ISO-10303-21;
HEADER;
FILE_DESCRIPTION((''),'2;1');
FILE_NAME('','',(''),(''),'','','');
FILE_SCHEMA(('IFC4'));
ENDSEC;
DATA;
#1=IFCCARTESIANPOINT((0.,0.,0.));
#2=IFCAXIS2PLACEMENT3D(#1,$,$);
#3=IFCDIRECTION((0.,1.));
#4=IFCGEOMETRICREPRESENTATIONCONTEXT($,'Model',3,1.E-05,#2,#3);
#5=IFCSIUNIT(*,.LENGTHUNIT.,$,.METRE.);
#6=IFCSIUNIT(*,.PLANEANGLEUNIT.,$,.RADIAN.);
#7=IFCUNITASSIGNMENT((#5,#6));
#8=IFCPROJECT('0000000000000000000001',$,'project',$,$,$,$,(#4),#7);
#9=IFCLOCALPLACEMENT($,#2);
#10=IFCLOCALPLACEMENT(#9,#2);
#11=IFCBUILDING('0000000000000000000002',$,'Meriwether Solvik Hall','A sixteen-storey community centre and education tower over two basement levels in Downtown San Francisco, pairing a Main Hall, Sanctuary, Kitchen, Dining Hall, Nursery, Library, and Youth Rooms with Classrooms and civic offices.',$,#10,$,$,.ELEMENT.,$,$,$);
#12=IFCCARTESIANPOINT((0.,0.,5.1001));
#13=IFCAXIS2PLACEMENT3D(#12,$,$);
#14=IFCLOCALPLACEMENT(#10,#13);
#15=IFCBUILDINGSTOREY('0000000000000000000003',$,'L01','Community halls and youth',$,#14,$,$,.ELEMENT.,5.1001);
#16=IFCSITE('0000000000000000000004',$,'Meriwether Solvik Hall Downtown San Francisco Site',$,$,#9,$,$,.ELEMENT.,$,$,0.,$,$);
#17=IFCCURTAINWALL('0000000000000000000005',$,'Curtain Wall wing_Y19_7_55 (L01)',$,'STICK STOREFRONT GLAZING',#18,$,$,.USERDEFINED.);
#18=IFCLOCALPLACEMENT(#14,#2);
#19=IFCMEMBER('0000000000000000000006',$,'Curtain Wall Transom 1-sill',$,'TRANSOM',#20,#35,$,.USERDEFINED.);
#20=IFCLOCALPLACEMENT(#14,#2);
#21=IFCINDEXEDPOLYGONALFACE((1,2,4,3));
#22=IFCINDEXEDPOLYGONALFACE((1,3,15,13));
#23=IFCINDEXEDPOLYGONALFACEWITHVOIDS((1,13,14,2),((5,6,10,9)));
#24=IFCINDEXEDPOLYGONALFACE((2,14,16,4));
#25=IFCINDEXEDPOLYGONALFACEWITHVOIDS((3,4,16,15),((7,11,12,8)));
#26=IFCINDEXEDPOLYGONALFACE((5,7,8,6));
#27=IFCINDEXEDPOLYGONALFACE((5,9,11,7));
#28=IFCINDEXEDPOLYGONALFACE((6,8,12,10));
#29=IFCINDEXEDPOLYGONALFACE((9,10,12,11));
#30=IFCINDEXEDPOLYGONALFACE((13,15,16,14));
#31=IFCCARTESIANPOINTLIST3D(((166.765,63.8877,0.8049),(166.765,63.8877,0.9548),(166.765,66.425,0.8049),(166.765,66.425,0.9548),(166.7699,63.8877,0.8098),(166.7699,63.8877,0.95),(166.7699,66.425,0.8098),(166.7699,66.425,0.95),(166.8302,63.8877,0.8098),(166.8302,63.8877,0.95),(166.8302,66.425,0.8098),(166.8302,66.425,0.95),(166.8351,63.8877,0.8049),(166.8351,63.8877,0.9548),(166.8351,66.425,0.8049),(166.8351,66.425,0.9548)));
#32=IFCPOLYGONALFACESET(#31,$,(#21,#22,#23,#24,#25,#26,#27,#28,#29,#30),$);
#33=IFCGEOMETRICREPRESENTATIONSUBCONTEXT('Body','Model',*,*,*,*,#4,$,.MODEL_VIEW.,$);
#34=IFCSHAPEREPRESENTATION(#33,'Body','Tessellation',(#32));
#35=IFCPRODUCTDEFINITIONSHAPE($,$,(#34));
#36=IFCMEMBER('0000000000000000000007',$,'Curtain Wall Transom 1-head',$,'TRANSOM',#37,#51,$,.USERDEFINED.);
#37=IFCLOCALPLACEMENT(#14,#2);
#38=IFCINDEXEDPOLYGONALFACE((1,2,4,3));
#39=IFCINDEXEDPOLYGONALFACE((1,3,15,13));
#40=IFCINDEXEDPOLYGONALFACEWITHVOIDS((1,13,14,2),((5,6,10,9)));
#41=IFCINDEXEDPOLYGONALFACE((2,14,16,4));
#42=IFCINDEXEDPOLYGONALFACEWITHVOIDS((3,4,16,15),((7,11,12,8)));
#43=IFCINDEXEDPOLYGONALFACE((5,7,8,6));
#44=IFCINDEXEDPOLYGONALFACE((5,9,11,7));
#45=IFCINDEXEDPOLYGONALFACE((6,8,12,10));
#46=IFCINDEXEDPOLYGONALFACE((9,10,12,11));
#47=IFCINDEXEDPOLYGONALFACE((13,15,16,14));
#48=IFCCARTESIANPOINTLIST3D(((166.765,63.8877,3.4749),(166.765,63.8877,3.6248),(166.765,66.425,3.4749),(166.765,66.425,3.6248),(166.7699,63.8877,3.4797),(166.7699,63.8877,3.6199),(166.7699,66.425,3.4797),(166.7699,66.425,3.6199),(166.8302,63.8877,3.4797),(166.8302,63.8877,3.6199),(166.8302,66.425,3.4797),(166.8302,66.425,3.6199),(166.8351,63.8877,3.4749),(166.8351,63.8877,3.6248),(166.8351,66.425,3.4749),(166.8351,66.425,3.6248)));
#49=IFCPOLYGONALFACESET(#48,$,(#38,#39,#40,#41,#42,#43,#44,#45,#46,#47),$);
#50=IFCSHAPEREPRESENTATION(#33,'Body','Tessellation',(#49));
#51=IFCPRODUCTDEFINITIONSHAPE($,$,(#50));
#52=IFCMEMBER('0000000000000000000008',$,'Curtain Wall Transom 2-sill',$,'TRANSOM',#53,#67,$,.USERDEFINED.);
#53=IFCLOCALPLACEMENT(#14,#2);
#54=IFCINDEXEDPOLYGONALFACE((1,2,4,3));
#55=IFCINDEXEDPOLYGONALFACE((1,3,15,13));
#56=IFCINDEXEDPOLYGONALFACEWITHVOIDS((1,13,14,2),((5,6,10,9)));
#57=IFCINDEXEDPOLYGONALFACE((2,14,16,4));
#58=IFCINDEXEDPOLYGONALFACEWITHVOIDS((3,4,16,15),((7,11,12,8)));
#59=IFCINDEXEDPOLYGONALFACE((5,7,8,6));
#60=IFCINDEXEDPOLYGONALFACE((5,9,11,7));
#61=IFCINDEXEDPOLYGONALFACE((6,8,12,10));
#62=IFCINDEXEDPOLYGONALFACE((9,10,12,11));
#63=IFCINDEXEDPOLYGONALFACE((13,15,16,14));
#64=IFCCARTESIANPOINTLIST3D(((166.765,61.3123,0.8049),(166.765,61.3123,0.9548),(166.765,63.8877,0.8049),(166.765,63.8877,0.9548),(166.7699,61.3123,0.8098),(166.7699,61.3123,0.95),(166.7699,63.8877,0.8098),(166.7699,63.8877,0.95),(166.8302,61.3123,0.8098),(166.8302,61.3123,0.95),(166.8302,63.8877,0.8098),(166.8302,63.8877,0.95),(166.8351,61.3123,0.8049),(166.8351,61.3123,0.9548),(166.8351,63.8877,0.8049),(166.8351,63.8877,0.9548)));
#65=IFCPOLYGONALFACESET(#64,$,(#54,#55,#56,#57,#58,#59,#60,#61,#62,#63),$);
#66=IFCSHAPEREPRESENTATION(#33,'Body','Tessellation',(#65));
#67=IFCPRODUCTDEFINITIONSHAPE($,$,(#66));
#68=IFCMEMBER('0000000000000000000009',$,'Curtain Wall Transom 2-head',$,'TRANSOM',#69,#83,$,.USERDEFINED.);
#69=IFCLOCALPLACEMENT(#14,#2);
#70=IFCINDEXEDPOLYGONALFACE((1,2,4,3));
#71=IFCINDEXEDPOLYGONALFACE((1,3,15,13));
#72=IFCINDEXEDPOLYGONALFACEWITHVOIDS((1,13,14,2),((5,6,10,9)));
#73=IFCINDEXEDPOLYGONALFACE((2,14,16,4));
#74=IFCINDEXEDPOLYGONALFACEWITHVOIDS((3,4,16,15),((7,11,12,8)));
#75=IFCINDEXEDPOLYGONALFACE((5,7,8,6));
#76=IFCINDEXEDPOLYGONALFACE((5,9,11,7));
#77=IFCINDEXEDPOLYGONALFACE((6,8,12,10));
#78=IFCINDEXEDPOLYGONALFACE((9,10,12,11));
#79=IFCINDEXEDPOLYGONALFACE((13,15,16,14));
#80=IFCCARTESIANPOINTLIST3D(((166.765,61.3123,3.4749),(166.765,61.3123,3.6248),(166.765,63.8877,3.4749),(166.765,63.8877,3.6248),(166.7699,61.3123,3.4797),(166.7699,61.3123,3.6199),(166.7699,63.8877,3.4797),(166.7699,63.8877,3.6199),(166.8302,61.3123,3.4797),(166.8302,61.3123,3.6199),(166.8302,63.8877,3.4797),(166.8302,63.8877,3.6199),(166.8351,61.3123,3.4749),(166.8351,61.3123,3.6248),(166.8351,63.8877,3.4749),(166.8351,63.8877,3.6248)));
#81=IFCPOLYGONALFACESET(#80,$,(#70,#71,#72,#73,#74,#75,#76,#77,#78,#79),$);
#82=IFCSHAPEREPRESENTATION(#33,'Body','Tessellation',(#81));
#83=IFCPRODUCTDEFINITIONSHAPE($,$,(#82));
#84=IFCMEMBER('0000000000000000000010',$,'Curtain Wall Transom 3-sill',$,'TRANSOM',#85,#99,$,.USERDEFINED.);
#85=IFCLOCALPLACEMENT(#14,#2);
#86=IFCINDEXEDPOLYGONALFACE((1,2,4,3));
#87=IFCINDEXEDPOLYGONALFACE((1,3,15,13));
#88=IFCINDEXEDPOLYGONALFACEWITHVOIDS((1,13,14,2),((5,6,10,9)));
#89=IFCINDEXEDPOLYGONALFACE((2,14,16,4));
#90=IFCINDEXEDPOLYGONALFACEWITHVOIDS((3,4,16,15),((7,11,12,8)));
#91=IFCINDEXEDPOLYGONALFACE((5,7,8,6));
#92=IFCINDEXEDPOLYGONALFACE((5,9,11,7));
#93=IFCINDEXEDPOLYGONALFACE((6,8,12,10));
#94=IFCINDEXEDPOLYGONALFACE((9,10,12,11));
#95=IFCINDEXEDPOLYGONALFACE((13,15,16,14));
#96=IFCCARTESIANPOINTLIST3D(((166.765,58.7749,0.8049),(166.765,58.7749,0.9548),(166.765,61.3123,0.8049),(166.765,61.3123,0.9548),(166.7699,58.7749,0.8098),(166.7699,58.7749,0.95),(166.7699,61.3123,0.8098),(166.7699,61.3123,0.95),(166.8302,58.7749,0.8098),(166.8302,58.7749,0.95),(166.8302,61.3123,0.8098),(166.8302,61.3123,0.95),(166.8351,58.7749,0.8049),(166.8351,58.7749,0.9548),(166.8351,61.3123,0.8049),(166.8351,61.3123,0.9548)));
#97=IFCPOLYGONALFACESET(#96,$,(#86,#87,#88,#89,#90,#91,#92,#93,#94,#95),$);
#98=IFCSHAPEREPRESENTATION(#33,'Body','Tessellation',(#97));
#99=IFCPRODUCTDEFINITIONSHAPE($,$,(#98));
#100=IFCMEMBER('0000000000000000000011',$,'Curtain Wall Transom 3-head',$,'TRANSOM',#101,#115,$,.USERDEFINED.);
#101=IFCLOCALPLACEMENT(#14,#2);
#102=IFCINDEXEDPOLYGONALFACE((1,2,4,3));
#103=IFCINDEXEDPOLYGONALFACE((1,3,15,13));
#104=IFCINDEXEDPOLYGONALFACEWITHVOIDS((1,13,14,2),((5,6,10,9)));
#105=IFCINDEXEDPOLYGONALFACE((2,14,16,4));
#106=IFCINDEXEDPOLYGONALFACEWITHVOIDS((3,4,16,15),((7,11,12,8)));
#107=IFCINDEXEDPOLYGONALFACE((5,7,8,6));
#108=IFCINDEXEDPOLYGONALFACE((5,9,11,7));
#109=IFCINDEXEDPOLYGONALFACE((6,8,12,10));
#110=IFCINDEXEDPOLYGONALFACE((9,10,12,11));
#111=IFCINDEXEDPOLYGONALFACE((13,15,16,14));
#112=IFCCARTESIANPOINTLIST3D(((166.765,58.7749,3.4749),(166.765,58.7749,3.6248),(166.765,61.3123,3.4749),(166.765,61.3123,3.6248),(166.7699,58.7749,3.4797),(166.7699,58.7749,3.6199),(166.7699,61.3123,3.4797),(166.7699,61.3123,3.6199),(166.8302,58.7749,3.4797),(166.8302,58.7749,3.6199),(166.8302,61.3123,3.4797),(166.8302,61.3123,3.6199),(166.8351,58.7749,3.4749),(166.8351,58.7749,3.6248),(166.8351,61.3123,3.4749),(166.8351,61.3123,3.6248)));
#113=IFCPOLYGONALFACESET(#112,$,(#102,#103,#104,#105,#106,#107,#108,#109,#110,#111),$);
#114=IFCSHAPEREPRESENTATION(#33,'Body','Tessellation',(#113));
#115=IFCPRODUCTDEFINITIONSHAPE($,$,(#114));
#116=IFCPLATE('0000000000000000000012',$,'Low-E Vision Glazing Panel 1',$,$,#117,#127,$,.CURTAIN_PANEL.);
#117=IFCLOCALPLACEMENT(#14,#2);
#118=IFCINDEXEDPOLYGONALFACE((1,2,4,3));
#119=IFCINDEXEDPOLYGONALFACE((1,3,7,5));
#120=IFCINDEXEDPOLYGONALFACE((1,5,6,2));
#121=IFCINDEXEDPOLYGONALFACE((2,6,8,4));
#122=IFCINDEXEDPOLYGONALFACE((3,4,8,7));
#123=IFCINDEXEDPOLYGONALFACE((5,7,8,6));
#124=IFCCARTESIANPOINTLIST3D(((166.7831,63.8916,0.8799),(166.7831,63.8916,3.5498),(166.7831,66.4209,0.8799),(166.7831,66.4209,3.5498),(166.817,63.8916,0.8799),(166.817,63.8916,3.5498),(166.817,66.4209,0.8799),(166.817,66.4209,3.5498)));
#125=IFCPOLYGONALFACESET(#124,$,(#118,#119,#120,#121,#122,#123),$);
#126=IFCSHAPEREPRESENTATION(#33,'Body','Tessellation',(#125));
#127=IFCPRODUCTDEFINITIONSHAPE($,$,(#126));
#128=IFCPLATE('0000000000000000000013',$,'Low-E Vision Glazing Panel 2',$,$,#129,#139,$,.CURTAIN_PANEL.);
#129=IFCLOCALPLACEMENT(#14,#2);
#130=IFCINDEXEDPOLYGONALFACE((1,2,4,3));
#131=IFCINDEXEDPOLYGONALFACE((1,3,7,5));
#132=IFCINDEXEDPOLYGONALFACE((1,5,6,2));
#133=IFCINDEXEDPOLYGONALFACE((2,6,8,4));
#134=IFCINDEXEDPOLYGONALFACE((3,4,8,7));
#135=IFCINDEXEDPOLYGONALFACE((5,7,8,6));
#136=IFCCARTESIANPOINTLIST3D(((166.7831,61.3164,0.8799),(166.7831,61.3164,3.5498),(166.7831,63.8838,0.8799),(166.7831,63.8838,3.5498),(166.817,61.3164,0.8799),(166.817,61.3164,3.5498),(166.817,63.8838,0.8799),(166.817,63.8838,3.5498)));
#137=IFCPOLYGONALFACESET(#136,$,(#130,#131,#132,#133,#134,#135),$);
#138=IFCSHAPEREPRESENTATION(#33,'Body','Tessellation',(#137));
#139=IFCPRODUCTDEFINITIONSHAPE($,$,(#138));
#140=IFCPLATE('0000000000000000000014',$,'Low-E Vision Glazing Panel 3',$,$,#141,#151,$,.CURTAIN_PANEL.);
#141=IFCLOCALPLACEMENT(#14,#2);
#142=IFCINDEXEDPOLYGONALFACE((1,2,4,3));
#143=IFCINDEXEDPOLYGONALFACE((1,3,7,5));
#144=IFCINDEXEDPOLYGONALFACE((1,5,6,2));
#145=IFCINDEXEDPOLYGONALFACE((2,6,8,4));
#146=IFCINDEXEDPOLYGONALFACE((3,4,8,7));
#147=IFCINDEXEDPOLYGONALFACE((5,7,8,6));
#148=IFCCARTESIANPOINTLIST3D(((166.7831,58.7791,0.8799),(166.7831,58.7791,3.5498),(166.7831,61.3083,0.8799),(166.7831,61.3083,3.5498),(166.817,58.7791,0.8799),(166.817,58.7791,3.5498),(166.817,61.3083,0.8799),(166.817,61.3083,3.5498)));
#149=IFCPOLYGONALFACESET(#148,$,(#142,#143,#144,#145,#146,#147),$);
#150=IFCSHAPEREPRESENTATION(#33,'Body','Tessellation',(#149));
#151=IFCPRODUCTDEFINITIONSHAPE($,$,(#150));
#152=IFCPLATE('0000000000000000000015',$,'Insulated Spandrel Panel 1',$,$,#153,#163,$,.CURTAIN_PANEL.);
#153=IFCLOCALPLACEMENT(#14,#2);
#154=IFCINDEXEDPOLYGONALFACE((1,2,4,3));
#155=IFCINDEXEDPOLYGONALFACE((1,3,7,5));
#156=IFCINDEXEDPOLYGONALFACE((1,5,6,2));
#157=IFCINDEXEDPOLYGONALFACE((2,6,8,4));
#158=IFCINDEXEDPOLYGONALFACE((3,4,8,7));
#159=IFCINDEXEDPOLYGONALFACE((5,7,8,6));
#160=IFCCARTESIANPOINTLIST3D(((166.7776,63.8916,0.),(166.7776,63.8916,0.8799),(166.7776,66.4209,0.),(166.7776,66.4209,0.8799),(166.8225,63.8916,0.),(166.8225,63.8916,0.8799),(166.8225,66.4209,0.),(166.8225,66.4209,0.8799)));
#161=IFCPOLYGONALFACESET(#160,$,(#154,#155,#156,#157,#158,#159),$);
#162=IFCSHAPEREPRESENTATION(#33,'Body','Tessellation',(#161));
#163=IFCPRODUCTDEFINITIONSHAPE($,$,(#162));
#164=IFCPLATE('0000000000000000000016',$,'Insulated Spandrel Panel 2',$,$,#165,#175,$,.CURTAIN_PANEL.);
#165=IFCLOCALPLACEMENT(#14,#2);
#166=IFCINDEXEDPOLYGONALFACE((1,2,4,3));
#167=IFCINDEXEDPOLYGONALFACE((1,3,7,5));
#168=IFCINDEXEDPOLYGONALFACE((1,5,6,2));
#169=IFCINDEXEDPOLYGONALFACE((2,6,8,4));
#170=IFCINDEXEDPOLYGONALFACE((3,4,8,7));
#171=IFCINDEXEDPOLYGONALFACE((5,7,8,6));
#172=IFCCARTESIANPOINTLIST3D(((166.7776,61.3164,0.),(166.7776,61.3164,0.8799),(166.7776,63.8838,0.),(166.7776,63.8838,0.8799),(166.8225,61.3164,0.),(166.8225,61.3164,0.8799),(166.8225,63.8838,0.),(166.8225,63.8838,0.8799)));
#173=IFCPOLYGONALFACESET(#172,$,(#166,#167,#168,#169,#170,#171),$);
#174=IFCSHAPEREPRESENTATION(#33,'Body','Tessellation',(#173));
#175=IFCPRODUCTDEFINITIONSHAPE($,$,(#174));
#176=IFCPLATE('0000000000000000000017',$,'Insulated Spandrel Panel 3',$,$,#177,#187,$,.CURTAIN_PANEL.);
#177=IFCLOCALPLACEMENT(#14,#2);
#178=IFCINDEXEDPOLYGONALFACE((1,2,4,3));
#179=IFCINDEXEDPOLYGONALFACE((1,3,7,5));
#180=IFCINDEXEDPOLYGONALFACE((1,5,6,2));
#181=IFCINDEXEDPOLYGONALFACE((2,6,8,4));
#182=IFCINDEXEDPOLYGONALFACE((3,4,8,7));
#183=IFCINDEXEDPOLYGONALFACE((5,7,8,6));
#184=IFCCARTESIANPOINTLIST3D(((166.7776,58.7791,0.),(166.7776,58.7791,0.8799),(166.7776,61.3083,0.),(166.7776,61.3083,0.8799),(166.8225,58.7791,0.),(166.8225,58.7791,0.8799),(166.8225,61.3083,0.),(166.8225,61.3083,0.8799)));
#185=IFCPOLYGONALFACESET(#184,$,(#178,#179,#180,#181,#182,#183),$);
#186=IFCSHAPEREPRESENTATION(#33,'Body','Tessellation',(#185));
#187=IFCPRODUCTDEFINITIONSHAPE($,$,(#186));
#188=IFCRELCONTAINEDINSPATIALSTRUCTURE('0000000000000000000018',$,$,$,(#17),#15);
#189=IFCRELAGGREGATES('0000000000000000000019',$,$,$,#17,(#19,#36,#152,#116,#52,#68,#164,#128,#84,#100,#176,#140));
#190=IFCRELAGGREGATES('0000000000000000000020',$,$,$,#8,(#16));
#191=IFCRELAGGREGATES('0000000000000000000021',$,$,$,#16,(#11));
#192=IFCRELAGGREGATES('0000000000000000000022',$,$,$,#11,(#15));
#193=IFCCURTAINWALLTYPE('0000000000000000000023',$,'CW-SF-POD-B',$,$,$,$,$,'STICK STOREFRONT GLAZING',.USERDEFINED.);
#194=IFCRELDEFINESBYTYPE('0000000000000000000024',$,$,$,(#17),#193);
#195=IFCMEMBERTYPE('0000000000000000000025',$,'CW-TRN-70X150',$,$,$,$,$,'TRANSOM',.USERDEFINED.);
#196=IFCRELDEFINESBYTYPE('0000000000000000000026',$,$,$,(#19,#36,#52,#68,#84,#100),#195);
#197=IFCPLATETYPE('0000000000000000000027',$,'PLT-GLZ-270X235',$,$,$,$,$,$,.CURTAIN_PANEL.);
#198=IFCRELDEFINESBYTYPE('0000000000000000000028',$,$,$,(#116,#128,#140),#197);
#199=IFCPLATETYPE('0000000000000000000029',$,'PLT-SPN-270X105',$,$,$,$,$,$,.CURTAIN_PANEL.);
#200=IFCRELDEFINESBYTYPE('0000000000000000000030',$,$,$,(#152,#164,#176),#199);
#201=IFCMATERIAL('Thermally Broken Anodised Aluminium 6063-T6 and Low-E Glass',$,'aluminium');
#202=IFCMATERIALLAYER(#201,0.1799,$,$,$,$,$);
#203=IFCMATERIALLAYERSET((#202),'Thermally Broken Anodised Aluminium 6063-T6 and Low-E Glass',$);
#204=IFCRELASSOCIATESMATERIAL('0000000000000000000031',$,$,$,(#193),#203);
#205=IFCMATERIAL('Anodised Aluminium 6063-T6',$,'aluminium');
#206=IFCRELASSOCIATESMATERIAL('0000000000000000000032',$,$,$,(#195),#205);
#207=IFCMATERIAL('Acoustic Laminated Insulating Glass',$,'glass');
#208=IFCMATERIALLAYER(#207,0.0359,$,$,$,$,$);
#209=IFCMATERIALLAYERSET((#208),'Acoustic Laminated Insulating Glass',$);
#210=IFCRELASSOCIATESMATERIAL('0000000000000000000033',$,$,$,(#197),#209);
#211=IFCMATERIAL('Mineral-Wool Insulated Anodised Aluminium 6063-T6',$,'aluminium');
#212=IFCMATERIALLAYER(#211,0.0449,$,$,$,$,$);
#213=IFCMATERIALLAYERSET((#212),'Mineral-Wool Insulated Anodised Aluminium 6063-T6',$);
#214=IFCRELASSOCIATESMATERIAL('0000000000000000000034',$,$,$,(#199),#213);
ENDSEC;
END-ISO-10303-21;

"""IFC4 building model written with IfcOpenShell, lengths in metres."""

from ifc_helpers import new_model, si_unit, direction, frame, origin, origin_2d, place, context, subcontext, project, spatial, rectangle, hollow_rectangle, extrude, material, layer, layer_set, material_profile, profile_set, type_object, element, aggregate, save


model = new_model("IFC4")

# Units and contexts
model_context = context("Model", 3, precision=1e-05, world=origin(), true_north=direction((0.0, 1.0)))
body_context = subcontext(model_context, "Body", "Model", "MODEL_VIEW")
ifc_project = project(units=[si_unit("LENGTHUNIT", "METRE"), si_unit("PLANEANGLEUNIT", "RADIAN")], contexts=[model_context])

# Site, building, storey
site_placement = place(None, origin())
site = spatial("IfcSite", under=ifc_project, at=site_placement, Name="Meriwether Solvik Hall Downtown San Francisco Site", CompositionType="ELEMENT", RefElevation=0.0)
building_placement = place(site_placement, origin())
building = spatial("IfcBuilding", under=site, at=building_placement, Name="Meriwether Solvik Hall", Description="A sixteen-storey community centre and education tower over two basement levels in Downtown San Francisco, pairing a Main Hall, Sanctuary, Kitchen, Dining Hall, Nursery, Library, and Youth Rooms with Classrooms and civic offices.", CompositionType="ELEMENT")
storey_placement = place(building_placement, frame((0.0, 0.0, 5.1001)))
storey = spatial("IfcBuildingStorey", under=building, at=storey_placement, Name="L01", Description="Community halls and youth", CompositionType="ELEMENT", Elevation=5.1001)

# Curtain wall, members, plates
ifc_material_1 = material(Name="Thermally Broken Anodised Aluminium 6063-T6 and Low-E Glass", Category="aluminium")
ifc_layer_1 = layer(ifc_material_1, 0.1799)
ifc_layer_set_1 = layer_set([ifc_layer_1], Name="Thermally Broken Anodised Aluminium 6063-T6 and Low-E Glass")
curtain_wall_type = type_object("IfcCurtainWallType", Name="CW-SF-POD-B", ElementType="STICK STOREFRONT GLAZING", PredefinedType="USERDEFINED", material=ifc_layer_set_1)
curtain_wall_placement = place(storey_placement, origin())
curtain_wall = element("IfcCurtainWall", 1, at=curtain_wall_placement, inside=storey, type_object=curtain_wall_type, Name="Curtain Wall wing_Y19_7_55 (L01)", ObjectType="STICK STOREFRONT GLAZING", PredefinedType="USERDEFINED")
ifc_material_2 = material(Name="Anodised Aluminium 6063-T6", Category="aluminium")
ifc_material_profile_1 = material_profile(ifc_material_2, hollow_rectangle(XDim=0.0701, YDim=0.1499, WallThickness=0.0049, at=origin_2d()), Name="CWT-70X150")
ifc_profile_set_1 = profile_set([ifc_material_profile_1], Name="Anodised Aluminium 6063-T6")
member_type_1 = type_object("IfcMemberType", Name="CW-TRN-70X150", ElementType="TRANSOM", PredefinedType="USERDEFINED", material=ifc_profile_set_1)
member_1_placement = place(storey_placement, frame((166.8, 66.425, 0.8799), z_axis=(0.0, -1.0, 0.0), x_axis=(1.0, 0.0, 0.0)))
member_1 = element("IfcMember", 2, at=member_1_placement, type_object=member_type_1, Name="Curtain Wall Transom 1-sill", ObjectType="TRANSOM", PredefinedType="USERDEFINED", context=body_context, shape_type="SweptSolid", body=[
    extrude(hollow_rectangle(XDim=0.0701, YDim=0.1499, WallThickness=0.0049, at=origin_2d()), origin(), (0.0, 0.0, 1.0), 2.5374),
])
member_2_placement = place(storey_placement, frame((166.8, 66.425, 3.5498), z_axis=(0.0, -1.0, 0.0), x_axis=(1.0, 0.0, 0.0)))
member_2 = element("IfcMember", 3, at=member_2_placement, type_object=member_type_1, Name="Curtain Wall Transom 1-head", ObjectType="TRANSOM", PredefinedType="USERDEFINED", context=body_context, shape_type="SweptSolid", body=[
    extrude(hollow_rectangle(XDim=0.0701, YDim=0.1499, WallThickness=0.0049, at=origin_2d()), origin(), (0.0, 0.0, 1.0), 2.5374),
])
member_3_placement = place(storey_placement, frame((166.8, 63.8877, 0.8799), z_axis=(0.0, -1.0, 0.0), x_axis=(1.0, 0.0, 0.0)))
member_3 = element("IfcMember", 4, at=member_3_placement, type_object=member_type_1, Name="Curtain Wall Transom 2-sill", ObjectType="TRANSOM", PredefinedType="USERDEFINED", context=body_context, shape_type="SweptSolid", body=[
    extrude(hollow_rectangle(XDim=0.0701, YDim=0.1499, WallThickness=0.0049, at=origin_2d()), origin(), (0.0, 0.0, 1.0), 2.5754),
])
member_4_placement = place(storey_placement, frame((166.8, 63.8877, 3.5498), z_axis=(0.0, -1.0, 0.0), x_axis=(1.0, 0.0, 0.0)))
member_4 = element("IfcMember", 5, at=member_4_placement, type_object=member_type_1, Name="Curtain Wall Transom 2-head", ObjectType="TRANSOM", PredefinedType="USERDEFINED", context=body_context, shape_type="SweptSolid", body=[
    extrude(hollow_rectangle(XDim=0.0701, YDim=0.1499, WallThickness=0.0049, at=origin_2d()), origin(), (0.0, 0.0, 1.0), 2.5754),
])
member_5_placement = place(storey_placement, frame((166.8, 61.3123, 0.8799), z_axis=(0.0, -1.0, 0.0), x_axis=(1.0, 0.0, 0.0)))
member_5 = element("IfcMember", 6, at=member_5_placement, type_object=member_type_1, Name="Curtain Wall Transom 3-sill", ObjectType="TRANSOM", PredefinedType="USERDEFINED", context=body_context, shape_type="SweptSolid", body=[
    extrude(hollow_rectangle(XDim=0.0701, YDim=0.1499, WallThickness=0.0049, at=origin_2d()), origin(), (0.0, 0.0, 1.0), 2.5374),
])
member_6_placement = place(storey_placement, frame((166.8, 61.3123, 3.5498), z_axis=(0.0, -1.0, 0.0), x_axis=(1.0, 0.0, 0.0)))
member_6 = element("IfcMember", 7, at=member_6_placement, type_object=member_type_1, Name="Curtain Wall Transom 3-head", ObjectType="TRANSOM", PredefinedType="USERDEFINED", context=body_context, shape_type="SweptSolid", body=[
    extrude(hollow_rectangle(XDim=0.0701, YDim=0.1499, WallThickness=0.0049, at=origin_2d()), origin(), (0.0, 0.0, 1.0), 2.5374),
])
ifc_material_3 = material(Name="Acoustic Laminated Insulating Glass", Category="glass")
ifc_layer_2 = layer(ifc_material_3, 0.0359)
ifc_layer_set_2 = layer_set([ifc_layer_2], Name="Acoustic Laminated Insulating Glass")
plate_type_1 = type_object("IfcPlateType", Name="PLT-GLZ-270X235", PredefinedType="CURTAIN_PANEL", material=ifc_layer_set_2)
plate_1_placement = place(storey_placement, frame((166.8, 65.1562, 0.8799), z_axis=(0.0, 0.0, 1.0), x_axis=(0.0, -1.0, 0.0)))
plate_1 = element("IfcPlate", 8, at=plate_1_placement, type_object=plate_type_1, Name="Low-E Vision Glazing Panel 1", PredefinedType="CURTAIN_PANEL", context=body_context, shape_type="SweptSolid", body=[
    extrude(rectangle(XDim=2.5293, YDim=0.0339, at=origin_2d()), origin(), (0.0, 0.0, 1.0), 2.6699),
])
plate_2_placement = place(storey_placement, frame((166.8, 62.6001, 0.8799), z_axis=(0.0, 0.0, 1.0), x_axis=(0.0, -1.0, 0.0)))
plate_2 = element("IfcPlate", 9, at=plate_2_placement, type_object=plate_type_1, Name="Low-E Vision Glazing Panel 2", PredefinedType="CURTAIN_PANEL", context=body_context, shape_type="SweptSolid", body=[
    extrude(rectangle(XDim=2.5674, YDim=0.0339, at=origin_2d()), origin(), (0.0, 0.0, 1.0), 2.6699),
])
plate_3_placement = place(storey_placement, frame((166.8, 60.0437, 0.8799), z_axis=(0.0, 0.0, 1.0), x_axis=(0.0, -1.0, 0.0)))
plate_3 = element("IfcPlate", 10, at=plate_3_placement, type_object=plate_type_1, Name="Low-E Vision Glazing Panel 3", PredefinedType="CURTAIN_PANEL", context=body_context, shape_type="SweptSolid", body=[
    extrude(rectangle(XDim=2.5293, YDim=0.0339, at=origin_2d()), origin(), (0.0, 0.0, 1.0), 2.6699),
])
ifc_material_4 = material(Name="Mineral-Wool Insulated Anodised Aluminium 6063-T6", Category="aluminium")
ifc_layer_3 = layer(ifc_material_4, 0.0449)
ifc_layer_set_3 = layer_set([ifc_layer_3], Name="Mineral-Wool Insulated Anodised Aluminium 6063-T6")
plate_type_2 = type_object("IfcPlateType", Name="PLT-SPN-270X105", PredefinedType="CURTAIN_PANEL", material=ifc_layer_set_3)
plate_4_placement = place(storey_placement, frame((166.8, 65.1562, 0.0), z_axis=(0.0, 0.0, 1.0), x_axis=(0.0, -1.0, 0.0)))
plate_4 = element("IfcPlate", 11, at=plate_4_placement, type_object=plate_type_2, Name="Insulated Spandrel Panel 1", PredefinedType="CURTAIN_PANEL", context=body_context, shape_type="SweptSolid", body=[
    extrude(rectangle(XDim=2.5293, YDim=0.0449, at=origin_2d()), origin(), (0.0, 0.0, 1.0), 0.8799),
])
plate_5_placement = place(storey_placement, frame((166.8, 62.6001, 0.0), z_axis=(0.0, 0.0, 1.0), x_axis=(0.0, -1.0, 0.0)))
plate_5 = element("IfcPlate", 12, at=plate_5_placement, type_object=plate_type_2, Name="Insulated Spandrel Panel 2", PredefinedType="CURTAIN_PANEL", context=body_context, shape_type="SweptSolid", body=[
    extrude(rectangle(XDim=2.5674, YDim=0.0449, at=origin_2d()), origin(), (0.0, 0.0, 1.0), 0.8799),
])
plate_6_placement = place(storey_placement, frame((166.8, 60.0437, 0.0), z_axis=(0.0, 0.0, 1.0), x_axis=(0.0, -1.0, 0.0)))
plate_6 = element("IfcPlate", 13, at=plate_6_placement, type_object=plate_type_2, Name="Insulated Spandrel Panel 3", PredefinedType="CURTAIN_PANEL", context=body_context, shape_type="SweptSolid", body=[
    extrude(rectangle(XDim=2.5293, YDim=0.0449, at=origin_2d()), origin(), (0.0, 0.0, 1.0), 0.8799),
])
aggregate(curtain_wall, [member_1, member_2, plate_4, plate_1, member_3, member_4, plate_5, plate_2, member_5, member_6, plate_6, plate_3])

save(model, "model.ifc")
